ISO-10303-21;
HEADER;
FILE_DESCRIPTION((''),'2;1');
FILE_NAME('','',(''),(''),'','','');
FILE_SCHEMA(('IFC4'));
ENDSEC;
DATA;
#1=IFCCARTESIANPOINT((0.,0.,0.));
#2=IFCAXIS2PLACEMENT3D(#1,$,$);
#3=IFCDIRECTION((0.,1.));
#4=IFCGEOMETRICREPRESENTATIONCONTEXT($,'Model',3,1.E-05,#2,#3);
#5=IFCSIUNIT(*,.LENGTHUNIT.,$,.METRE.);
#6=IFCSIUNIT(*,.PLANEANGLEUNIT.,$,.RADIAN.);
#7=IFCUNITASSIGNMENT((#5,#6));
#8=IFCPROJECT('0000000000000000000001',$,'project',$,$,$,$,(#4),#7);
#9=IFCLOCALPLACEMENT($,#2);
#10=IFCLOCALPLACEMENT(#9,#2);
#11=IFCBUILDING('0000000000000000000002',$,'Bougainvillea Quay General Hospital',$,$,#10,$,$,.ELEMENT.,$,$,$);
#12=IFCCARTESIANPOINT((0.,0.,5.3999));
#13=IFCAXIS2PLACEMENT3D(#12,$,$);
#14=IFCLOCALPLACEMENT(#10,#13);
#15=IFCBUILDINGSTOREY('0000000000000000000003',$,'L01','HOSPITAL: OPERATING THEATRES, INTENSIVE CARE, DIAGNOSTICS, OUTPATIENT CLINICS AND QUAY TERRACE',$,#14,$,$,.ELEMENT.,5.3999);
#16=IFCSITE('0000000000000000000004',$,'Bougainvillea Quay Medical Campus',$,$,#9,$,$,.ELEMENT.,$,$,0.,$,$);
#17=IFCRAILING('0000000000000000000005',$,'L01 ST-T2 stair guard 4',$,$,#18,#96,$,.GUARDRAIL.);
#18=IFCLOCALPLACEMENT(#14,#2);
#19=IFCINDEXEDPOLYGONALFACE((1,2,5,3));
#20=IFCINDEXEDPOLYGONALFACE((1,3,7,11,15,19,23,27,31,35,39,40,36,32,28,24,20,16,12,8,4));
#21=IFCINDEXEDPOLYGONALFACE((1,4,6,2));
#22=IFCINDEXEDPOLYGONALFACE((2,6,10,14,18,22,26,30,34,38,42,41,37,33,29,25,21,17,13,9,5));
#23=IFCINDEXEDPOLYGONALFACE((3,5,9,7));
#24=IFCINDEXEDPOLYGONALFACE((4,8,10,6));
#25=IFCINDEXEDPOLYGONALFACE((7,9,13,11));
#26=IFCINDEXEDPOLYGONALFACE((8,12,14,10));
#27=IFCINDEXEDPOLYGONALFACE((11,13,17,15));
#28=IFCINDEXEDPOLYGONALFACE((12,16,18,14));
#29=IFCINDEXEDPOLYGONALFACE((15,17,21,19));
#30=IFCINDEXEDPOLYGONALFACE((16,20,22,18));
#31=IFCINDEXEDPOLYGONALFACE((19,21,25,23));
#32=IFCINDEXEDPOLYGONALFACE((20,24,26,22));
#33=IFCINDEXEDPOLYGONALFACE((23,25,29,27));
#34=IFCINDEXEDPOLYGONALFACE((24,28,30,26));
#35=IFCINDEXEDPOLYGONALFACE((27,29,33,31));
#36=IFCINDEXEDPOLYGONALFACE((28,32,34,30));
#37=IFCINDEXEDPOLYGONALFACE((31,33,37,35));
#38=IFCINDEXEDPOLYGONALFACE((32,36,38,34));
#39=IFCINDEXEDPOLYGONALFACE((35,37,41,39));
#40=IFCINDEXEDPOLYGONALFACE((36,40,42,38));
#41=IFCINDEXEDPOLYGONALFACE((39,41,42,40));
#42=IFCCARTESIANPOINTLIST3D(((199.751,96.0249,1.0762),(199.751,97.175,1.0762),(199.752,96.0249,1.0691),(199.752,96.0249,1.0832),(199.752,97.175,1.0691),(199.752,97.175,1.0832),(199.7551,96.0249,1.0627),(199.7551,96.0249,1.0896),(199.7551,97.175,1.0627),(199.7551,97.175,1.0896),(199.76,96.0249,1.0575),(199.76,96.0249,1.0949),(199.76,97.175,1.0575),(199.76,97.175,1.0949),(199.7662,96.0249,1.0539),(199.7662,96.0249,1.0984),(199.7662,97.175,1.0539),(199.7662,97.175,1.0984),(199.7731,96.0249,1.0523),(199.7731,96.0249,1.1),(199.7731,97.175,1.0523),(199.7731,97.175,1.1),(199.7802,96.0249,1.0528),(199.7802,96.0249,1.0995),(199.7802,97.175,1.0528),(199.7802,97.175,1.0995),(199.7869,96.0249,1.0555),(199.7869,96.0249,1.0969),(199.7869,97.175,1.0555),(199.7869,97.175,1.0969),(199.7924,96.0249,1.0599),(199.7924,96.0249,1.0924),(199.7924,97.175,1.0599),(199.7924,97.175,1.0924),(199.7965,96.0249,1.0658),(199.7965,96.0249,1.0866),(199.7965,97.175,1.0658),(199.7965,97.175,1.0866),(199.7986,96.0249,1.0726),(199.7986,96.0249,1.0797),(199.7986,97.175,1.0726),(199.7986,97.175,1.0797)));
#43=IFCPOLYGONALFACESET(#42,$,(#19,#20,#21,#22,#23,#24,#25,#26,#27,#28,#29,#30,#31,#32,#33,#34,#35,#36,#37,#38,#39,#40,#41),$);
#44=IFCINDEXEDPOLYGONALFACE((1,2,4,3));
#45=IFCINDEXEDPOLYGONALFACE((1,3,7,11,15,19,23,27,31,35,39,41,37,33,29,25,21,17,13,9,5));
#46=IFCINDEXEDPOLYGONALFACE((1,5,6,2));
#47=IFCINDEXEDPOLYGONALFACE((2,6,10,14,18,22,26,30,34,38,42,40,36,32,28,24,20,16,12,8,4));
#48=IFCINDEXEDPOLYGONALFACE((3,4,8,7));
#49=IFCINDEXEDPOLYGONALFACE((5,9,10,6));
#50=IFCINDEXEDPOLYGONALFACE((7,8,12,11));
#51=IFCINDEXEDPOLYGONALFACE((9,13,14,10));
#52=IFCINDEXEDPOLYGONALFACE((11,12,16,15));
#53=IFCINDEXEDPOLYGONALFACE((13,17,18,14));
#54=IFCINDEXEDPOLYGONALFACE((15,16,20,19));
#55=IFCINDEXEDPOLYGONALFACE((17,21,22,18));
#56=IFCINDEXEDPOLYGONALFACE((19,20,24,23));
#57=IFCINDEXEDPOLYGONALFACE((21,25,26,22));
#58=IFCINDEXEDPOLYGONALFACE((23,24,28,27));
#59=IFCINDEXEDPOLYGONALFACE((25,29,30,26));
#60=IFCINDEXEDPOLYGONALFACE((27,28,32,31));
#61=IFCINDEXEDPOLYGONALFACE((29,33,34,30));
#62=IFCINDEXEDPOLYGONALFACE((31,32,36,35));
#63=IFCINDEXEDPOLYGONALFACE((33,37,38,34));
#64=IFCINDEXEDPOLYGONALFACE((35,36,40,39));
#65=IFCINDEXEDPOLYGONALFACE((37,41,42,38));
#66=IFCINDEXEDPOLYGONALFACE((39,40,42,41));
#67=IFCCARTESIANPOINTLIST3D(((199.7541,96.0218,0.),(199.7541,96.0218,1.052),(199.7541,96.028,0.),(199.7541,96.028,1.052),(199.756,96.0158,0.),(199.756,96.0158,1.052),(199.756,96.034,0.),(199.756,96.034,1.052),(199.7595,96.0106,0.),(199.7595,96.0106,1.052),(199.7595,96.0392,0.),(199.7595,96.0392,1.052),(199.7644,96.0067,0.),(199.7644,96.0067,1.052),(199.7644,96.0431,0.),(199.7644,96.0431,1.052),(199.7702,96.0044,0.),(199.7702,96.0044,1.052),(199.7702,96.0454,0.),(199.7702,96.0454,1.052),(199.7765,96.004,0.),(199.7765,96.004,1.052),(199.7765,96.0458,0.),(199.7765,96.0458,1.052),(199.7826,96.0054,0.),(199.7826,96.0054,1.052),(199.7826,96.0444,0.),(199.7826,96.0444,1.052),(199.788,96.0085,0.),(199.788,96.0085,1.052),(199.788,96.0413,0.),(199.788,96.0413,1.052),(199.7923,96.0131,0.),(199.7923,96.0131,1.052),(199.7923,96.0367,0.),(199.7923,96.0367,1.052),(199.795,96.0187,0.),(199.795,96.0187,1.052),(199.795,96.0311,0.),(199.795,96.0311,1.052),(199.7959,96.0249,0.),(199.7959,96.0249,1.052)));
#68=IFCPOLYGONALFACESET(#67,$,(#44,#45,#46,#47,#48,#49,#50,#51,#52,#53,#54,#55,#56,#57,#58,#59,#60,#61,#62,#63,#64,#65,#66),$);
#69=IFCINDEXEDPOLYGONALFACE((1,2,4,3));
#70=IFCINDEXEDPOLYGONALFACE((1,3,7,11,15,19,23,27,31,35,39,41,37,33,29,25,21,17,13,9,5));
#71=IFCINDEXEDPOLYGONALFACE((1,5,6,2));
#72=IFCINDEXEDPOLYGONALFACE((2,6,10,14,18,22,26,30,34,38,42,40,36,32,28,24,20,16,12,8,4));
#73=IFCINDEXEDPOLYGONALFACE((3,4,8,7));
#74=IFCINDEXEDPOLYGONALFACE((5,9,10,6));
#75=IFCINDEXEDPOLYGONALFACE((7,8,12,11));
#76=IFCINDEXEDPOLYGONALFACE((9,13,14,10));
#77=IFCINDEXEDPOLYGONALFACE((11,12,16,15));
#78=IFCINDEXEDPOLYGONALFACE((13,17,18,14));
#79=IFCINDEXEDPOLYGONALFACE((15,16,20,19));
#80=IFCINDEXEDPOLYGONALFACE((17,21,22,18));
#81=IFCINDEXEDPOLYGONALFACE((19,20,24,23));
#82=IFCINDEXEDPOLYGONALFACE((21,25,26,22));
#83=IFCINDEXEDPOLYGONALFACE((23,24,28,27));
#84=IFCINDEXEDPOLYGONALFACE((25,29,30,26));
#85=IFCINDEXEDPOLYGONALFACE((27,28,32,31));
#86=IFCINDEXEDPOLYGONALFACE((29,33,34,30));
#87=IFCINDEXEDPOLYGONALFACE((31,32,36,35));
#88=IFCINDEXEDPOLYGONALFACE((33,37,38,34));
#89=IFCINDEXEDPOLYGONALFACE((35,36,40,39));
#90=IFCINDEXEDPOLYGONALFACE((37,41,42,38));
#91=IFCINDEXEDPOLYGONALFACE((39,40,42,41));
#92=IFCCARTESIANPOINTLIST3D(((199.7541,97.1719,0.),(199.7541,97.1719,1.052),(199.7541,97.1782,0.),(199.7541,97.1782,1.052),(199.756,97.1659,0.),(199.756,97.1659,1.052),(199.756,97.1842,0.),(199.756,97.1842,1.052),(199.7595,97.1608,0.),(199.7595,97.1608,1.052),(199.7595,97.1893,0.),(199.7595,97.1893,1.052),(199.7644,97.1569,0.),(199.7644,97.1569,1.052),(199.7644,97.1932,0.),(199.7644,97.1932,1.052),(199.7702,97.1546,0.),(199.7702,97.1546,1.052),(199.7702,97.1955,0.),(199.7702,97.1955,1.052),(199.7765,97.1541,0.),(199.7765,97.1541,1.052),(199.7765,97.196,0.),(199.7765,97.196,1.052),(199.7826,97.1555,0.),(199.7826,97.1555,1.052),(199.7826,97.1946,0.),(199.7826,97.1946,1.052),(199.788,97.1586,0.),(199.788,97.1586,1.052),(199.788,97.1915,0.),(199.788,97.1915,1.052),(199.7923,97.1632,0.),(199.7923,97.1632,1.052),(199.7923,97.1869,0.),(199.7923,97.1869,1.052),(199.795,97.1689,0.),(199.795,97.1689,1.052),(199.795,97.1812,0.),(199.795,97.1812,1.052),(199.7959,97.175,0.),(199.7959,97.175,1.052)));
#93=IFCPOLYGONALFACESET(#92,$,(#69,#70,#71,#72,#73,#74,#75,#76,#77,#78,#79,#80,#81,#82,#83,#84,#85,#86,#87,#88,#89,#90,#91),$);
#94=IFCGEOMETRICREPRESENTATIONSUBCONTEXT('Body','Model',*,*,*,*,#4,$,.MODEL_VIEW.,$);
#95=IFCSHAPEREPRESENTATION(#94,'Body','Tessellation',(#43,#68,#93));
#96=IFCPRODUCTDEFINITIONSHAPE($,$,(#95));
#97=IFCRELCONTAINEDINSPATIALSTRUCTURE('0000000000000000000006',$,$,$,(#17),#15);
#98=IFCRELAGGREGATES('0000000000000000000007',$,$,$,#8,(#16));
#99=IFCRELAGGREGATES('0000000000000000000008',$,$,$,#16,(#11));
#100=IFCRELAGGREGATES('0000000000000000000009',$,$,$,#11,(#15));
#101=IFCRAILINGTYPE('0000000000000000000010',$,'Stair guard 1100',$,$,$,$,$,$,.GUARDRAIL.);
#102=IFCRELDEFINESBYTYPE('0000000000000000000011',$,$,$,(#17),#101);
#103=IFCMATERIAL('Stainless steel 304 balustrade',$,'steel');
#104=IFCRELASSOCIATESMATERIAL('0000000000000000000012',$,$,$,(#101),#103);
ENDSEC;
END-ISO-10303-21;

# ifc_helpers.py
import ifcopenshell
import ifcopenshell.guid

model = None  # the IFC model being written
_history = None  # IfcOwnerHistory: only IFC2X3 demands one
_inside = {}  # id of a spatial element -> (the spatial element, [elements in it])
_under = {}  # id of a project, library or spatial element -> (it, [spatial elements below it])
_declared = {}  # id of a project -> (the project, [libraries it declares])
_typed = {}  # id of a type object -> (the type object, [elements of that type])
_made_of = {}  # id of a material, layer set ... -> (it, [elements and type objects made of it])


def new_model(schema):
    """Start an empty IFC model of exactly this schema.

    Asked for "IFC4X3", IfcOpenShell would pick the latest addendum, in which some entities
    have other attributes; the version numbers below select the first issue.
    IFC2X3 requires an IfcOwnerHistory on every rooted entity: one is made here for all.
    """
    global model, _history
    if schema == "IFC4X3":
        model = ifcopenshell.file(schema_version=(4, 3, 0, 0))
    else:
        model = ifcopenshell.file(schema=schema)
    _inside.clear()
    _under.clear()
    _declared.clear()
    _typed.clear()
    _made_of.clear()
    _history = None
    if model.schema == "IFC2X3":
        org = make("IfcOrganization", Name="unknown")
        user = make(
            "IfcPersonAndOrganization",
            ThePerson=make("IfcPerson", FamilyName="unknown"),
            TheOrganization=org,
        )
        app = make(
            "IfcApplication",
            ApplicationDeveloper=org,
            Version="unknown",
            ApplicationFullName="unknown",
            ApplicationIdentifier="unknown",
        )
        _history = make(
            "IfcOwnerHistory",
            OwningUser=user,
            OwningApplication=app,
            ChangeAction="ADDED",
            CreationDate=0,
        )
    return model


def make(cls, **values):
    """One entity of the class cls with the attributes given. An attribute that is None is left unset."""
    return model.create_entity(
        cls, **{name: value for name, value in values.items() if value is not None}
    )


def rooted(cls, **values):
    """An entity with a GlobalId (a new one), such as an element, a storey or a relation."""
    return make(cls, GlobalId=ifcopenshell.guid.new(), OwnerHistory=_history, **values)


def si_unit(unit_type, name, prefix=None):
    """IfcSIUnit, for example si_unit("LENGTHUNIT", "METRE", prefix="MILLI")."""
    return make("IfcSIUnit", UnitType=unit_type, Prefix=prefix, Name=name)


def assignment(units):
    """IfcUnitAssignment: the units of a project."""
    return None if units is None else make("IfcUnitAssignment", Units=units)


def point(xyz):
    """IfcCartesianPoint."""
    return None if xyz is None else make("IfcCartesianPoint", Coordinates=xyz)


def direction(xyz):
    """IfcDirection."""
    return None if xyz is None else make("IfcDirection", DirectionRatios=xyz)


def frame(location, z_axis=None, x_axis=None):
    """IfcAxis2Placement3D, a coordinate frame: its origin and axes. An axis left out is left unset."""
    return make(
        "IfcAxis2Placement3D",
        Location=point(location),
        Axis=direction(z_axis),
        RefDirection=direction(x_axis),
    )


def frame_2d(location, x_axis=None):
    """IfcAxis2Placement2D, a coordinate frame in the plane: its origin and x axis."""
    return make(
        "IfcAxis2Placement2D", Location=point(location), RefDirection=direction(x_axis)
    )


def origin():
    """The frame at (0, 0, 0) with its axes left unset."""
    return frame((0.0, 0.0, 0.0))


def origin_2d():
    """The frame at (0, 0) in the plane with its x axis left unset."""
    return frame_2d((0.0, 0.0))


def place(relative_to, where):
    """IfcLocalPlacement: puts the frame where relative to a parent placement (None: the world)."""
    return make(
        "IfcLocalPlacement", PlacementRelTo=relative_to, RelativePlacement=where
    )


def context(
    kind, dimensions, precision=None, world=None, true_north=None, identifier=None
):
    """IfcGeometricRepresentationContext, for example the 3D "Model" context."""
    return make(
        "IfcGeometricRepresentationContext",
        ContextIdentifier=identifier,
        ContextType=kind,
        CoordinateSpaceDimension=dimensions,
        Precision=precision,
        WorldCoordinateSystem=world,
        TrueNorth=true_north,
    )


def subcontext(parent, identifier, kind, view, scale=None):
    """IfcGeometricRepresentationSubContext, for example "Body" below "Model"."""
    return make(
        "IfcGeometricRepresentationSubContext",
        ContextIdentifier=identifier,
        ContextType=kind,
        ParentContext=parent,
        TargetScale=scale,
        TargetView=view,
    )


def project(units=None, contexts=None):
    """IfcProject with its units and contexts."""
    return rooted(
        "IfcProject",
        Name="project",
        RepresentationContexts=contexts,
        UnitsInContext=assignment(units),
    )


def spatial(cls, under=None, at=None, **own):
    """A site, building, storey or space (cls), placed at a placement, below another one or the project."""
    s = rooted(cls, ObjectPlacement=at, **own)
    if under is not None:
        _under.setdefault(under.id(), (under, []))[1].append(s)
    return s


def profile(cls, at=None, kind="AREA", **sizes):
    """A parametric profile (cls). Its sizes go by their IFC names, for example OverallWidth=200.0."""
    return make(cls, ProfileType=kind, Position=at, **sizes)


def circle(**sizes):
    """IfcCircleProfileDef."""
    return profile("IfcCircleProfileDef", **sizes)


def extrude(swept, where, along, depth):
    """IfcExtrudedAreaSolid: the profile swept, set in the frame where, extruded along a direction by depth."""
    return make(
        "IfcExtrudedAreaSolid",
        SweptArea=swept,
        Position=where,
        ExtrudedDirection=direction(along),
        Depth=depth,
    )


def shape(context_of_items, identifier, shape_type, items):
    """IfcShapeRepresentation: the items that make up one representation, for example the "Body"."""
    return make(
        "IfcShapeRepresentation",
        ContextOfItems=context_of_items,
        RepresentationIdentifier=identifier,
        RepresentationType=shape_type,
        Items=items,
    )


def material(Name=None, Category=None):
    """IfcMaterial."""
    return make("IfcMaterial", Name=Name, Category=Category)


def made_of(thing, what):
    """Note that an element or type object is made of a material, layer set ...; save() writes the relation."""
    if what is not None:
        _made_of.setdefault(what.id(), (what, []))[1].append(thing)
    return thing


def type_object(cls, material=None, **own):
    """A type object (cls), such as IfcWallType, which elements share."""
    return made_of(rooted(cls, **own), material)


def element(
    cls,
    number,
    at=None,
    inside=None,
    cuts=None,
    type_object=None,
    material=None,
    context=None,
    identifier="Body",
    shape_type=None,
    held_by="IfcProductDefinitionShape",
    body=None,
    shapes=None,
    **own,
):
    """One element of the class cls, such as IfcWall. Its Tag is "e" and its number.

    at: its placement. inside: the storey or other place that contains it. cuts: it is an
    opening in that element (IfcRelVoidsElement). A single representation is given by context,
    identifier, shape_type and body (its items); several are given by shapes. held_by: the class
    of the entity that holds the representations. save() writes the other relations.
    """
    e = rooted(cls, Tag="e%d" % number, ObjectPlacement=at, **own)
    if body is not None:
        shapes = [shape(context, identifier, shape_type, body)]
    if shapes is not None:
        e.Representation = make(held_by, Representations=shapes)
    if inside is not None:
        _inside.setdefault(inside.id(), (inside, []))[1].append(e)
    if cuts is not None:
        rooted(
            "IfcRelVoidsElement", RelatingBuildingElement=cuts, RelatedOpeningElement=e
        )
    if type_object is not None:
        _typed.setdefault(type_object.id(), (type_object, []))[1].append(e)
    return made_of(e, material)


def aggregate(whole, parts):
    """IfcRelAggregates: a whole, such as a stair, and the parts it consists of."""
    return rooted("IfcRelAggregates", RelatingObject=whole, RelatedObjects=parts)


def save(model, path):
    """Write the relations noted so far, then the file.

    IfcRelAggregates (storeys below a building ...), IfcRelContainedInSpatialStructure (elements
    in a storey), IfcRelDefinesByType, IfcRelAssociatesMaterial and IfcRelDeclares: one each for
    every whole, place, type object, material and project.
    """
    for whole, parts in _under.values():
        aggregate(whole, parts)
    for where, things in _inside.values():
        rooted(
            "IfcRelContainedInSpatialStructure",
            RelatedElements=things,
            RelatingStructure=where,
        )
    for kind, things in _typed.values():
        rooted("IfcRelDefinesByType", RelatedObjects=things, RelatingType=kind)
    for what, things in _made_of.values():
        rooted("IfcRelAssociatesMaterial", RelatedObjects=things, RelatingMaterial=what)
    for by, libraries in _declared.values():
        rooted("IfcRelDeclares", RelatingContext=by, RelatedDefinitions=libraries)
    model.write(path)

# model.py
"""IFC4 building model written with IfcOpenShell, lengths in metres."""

from ifc_helpers import new_model, si_unit, direction, frame, origin, origin_2d, place, context, subcontext, project, spatial, circle, extrude, material, type_object, element, save


model = new_model("IFC4")

# Units and contexts
model_context = context("Model", 3, precision=1e-05, world=origin(), true_north=direction((0.0, 1.0)))
body_context = subcontext(model_context, "Body", "Model", "MODEL_VIEW")
ifc_project = project(units=[si_unit("LENGTHUNIT", "METRE"), si_unit("PLANEANGLEUNIT", "RADIAN")], contexts=[model_context])

# Site, building, storey
site_placement = place(None, origin())
site = spatial("IfcSite", under=ifc_project, at=site_placement, Name="Bougainvillea Quay Medical Campus", CompositionType="ELEMENT", RefElevation=0.0)
building_placement = place(site_placement, origin())
building = spatial("IfcBuilding", under=site, at=building_placement, Name="Bougainvillea Quay General Hospital", CompositionType="ELEMENT")
storey_placement = place(building_placement, frame((0.0, 0.0, 5.3999)))
storey = spatial("IfcBuildingStorey", under=building, at=storey_placement, Name="L01", Description="HOSPITAL: OPERATING THEATRES, INTENSIVE CARE, DIAGNOSTICS, OUTPATIENT CLINICS AND QUAY TERRACE", CompositionType="ELEMENT", Elevation=5.3999)

# Railing
ifc_material_1 = material(Name="Stainless steel 304 balustrade", Category="steel")
railing_type_1 = type_object("IfcRailingType", Name="Stair guard 1100", PredefinedType="GUARDRAIL", material=ifc_material_1)
railing_1_placement = place(storey_placement, frame((199.7749, 96.0249, 0.0)))
element("IfcRailing", 1, at=railing_1_placement, inside=storey, type_object=railing_type_1, Name="L01 ST-T2 stair guard 4", PredefinedType="GUARDRAIL", context=body_context, shape_type="SweptSolid", body=[
    extrude(circle(Radius=0.0239, at=origin_2d()), frame((0.0, 0.0, 1.0762), z_axis=(0.0, 1.0, 0.0), x_axis=(-1.0, 0.0, 0.0)), (0.0, 0.0, 1.0), 1.1501),
    extrude(circle(Radius=0.021, at=origin_2d()), origin(), (0.0, 0.0, 1.0), 1.052),
    extrude(circle(Radius=0.021, at=origin_2d()), frame((0.0, 1.1501, 0.0)), (0.0, 0.0, 1.0), 1.052),
])

save(model, "model.ifc")
